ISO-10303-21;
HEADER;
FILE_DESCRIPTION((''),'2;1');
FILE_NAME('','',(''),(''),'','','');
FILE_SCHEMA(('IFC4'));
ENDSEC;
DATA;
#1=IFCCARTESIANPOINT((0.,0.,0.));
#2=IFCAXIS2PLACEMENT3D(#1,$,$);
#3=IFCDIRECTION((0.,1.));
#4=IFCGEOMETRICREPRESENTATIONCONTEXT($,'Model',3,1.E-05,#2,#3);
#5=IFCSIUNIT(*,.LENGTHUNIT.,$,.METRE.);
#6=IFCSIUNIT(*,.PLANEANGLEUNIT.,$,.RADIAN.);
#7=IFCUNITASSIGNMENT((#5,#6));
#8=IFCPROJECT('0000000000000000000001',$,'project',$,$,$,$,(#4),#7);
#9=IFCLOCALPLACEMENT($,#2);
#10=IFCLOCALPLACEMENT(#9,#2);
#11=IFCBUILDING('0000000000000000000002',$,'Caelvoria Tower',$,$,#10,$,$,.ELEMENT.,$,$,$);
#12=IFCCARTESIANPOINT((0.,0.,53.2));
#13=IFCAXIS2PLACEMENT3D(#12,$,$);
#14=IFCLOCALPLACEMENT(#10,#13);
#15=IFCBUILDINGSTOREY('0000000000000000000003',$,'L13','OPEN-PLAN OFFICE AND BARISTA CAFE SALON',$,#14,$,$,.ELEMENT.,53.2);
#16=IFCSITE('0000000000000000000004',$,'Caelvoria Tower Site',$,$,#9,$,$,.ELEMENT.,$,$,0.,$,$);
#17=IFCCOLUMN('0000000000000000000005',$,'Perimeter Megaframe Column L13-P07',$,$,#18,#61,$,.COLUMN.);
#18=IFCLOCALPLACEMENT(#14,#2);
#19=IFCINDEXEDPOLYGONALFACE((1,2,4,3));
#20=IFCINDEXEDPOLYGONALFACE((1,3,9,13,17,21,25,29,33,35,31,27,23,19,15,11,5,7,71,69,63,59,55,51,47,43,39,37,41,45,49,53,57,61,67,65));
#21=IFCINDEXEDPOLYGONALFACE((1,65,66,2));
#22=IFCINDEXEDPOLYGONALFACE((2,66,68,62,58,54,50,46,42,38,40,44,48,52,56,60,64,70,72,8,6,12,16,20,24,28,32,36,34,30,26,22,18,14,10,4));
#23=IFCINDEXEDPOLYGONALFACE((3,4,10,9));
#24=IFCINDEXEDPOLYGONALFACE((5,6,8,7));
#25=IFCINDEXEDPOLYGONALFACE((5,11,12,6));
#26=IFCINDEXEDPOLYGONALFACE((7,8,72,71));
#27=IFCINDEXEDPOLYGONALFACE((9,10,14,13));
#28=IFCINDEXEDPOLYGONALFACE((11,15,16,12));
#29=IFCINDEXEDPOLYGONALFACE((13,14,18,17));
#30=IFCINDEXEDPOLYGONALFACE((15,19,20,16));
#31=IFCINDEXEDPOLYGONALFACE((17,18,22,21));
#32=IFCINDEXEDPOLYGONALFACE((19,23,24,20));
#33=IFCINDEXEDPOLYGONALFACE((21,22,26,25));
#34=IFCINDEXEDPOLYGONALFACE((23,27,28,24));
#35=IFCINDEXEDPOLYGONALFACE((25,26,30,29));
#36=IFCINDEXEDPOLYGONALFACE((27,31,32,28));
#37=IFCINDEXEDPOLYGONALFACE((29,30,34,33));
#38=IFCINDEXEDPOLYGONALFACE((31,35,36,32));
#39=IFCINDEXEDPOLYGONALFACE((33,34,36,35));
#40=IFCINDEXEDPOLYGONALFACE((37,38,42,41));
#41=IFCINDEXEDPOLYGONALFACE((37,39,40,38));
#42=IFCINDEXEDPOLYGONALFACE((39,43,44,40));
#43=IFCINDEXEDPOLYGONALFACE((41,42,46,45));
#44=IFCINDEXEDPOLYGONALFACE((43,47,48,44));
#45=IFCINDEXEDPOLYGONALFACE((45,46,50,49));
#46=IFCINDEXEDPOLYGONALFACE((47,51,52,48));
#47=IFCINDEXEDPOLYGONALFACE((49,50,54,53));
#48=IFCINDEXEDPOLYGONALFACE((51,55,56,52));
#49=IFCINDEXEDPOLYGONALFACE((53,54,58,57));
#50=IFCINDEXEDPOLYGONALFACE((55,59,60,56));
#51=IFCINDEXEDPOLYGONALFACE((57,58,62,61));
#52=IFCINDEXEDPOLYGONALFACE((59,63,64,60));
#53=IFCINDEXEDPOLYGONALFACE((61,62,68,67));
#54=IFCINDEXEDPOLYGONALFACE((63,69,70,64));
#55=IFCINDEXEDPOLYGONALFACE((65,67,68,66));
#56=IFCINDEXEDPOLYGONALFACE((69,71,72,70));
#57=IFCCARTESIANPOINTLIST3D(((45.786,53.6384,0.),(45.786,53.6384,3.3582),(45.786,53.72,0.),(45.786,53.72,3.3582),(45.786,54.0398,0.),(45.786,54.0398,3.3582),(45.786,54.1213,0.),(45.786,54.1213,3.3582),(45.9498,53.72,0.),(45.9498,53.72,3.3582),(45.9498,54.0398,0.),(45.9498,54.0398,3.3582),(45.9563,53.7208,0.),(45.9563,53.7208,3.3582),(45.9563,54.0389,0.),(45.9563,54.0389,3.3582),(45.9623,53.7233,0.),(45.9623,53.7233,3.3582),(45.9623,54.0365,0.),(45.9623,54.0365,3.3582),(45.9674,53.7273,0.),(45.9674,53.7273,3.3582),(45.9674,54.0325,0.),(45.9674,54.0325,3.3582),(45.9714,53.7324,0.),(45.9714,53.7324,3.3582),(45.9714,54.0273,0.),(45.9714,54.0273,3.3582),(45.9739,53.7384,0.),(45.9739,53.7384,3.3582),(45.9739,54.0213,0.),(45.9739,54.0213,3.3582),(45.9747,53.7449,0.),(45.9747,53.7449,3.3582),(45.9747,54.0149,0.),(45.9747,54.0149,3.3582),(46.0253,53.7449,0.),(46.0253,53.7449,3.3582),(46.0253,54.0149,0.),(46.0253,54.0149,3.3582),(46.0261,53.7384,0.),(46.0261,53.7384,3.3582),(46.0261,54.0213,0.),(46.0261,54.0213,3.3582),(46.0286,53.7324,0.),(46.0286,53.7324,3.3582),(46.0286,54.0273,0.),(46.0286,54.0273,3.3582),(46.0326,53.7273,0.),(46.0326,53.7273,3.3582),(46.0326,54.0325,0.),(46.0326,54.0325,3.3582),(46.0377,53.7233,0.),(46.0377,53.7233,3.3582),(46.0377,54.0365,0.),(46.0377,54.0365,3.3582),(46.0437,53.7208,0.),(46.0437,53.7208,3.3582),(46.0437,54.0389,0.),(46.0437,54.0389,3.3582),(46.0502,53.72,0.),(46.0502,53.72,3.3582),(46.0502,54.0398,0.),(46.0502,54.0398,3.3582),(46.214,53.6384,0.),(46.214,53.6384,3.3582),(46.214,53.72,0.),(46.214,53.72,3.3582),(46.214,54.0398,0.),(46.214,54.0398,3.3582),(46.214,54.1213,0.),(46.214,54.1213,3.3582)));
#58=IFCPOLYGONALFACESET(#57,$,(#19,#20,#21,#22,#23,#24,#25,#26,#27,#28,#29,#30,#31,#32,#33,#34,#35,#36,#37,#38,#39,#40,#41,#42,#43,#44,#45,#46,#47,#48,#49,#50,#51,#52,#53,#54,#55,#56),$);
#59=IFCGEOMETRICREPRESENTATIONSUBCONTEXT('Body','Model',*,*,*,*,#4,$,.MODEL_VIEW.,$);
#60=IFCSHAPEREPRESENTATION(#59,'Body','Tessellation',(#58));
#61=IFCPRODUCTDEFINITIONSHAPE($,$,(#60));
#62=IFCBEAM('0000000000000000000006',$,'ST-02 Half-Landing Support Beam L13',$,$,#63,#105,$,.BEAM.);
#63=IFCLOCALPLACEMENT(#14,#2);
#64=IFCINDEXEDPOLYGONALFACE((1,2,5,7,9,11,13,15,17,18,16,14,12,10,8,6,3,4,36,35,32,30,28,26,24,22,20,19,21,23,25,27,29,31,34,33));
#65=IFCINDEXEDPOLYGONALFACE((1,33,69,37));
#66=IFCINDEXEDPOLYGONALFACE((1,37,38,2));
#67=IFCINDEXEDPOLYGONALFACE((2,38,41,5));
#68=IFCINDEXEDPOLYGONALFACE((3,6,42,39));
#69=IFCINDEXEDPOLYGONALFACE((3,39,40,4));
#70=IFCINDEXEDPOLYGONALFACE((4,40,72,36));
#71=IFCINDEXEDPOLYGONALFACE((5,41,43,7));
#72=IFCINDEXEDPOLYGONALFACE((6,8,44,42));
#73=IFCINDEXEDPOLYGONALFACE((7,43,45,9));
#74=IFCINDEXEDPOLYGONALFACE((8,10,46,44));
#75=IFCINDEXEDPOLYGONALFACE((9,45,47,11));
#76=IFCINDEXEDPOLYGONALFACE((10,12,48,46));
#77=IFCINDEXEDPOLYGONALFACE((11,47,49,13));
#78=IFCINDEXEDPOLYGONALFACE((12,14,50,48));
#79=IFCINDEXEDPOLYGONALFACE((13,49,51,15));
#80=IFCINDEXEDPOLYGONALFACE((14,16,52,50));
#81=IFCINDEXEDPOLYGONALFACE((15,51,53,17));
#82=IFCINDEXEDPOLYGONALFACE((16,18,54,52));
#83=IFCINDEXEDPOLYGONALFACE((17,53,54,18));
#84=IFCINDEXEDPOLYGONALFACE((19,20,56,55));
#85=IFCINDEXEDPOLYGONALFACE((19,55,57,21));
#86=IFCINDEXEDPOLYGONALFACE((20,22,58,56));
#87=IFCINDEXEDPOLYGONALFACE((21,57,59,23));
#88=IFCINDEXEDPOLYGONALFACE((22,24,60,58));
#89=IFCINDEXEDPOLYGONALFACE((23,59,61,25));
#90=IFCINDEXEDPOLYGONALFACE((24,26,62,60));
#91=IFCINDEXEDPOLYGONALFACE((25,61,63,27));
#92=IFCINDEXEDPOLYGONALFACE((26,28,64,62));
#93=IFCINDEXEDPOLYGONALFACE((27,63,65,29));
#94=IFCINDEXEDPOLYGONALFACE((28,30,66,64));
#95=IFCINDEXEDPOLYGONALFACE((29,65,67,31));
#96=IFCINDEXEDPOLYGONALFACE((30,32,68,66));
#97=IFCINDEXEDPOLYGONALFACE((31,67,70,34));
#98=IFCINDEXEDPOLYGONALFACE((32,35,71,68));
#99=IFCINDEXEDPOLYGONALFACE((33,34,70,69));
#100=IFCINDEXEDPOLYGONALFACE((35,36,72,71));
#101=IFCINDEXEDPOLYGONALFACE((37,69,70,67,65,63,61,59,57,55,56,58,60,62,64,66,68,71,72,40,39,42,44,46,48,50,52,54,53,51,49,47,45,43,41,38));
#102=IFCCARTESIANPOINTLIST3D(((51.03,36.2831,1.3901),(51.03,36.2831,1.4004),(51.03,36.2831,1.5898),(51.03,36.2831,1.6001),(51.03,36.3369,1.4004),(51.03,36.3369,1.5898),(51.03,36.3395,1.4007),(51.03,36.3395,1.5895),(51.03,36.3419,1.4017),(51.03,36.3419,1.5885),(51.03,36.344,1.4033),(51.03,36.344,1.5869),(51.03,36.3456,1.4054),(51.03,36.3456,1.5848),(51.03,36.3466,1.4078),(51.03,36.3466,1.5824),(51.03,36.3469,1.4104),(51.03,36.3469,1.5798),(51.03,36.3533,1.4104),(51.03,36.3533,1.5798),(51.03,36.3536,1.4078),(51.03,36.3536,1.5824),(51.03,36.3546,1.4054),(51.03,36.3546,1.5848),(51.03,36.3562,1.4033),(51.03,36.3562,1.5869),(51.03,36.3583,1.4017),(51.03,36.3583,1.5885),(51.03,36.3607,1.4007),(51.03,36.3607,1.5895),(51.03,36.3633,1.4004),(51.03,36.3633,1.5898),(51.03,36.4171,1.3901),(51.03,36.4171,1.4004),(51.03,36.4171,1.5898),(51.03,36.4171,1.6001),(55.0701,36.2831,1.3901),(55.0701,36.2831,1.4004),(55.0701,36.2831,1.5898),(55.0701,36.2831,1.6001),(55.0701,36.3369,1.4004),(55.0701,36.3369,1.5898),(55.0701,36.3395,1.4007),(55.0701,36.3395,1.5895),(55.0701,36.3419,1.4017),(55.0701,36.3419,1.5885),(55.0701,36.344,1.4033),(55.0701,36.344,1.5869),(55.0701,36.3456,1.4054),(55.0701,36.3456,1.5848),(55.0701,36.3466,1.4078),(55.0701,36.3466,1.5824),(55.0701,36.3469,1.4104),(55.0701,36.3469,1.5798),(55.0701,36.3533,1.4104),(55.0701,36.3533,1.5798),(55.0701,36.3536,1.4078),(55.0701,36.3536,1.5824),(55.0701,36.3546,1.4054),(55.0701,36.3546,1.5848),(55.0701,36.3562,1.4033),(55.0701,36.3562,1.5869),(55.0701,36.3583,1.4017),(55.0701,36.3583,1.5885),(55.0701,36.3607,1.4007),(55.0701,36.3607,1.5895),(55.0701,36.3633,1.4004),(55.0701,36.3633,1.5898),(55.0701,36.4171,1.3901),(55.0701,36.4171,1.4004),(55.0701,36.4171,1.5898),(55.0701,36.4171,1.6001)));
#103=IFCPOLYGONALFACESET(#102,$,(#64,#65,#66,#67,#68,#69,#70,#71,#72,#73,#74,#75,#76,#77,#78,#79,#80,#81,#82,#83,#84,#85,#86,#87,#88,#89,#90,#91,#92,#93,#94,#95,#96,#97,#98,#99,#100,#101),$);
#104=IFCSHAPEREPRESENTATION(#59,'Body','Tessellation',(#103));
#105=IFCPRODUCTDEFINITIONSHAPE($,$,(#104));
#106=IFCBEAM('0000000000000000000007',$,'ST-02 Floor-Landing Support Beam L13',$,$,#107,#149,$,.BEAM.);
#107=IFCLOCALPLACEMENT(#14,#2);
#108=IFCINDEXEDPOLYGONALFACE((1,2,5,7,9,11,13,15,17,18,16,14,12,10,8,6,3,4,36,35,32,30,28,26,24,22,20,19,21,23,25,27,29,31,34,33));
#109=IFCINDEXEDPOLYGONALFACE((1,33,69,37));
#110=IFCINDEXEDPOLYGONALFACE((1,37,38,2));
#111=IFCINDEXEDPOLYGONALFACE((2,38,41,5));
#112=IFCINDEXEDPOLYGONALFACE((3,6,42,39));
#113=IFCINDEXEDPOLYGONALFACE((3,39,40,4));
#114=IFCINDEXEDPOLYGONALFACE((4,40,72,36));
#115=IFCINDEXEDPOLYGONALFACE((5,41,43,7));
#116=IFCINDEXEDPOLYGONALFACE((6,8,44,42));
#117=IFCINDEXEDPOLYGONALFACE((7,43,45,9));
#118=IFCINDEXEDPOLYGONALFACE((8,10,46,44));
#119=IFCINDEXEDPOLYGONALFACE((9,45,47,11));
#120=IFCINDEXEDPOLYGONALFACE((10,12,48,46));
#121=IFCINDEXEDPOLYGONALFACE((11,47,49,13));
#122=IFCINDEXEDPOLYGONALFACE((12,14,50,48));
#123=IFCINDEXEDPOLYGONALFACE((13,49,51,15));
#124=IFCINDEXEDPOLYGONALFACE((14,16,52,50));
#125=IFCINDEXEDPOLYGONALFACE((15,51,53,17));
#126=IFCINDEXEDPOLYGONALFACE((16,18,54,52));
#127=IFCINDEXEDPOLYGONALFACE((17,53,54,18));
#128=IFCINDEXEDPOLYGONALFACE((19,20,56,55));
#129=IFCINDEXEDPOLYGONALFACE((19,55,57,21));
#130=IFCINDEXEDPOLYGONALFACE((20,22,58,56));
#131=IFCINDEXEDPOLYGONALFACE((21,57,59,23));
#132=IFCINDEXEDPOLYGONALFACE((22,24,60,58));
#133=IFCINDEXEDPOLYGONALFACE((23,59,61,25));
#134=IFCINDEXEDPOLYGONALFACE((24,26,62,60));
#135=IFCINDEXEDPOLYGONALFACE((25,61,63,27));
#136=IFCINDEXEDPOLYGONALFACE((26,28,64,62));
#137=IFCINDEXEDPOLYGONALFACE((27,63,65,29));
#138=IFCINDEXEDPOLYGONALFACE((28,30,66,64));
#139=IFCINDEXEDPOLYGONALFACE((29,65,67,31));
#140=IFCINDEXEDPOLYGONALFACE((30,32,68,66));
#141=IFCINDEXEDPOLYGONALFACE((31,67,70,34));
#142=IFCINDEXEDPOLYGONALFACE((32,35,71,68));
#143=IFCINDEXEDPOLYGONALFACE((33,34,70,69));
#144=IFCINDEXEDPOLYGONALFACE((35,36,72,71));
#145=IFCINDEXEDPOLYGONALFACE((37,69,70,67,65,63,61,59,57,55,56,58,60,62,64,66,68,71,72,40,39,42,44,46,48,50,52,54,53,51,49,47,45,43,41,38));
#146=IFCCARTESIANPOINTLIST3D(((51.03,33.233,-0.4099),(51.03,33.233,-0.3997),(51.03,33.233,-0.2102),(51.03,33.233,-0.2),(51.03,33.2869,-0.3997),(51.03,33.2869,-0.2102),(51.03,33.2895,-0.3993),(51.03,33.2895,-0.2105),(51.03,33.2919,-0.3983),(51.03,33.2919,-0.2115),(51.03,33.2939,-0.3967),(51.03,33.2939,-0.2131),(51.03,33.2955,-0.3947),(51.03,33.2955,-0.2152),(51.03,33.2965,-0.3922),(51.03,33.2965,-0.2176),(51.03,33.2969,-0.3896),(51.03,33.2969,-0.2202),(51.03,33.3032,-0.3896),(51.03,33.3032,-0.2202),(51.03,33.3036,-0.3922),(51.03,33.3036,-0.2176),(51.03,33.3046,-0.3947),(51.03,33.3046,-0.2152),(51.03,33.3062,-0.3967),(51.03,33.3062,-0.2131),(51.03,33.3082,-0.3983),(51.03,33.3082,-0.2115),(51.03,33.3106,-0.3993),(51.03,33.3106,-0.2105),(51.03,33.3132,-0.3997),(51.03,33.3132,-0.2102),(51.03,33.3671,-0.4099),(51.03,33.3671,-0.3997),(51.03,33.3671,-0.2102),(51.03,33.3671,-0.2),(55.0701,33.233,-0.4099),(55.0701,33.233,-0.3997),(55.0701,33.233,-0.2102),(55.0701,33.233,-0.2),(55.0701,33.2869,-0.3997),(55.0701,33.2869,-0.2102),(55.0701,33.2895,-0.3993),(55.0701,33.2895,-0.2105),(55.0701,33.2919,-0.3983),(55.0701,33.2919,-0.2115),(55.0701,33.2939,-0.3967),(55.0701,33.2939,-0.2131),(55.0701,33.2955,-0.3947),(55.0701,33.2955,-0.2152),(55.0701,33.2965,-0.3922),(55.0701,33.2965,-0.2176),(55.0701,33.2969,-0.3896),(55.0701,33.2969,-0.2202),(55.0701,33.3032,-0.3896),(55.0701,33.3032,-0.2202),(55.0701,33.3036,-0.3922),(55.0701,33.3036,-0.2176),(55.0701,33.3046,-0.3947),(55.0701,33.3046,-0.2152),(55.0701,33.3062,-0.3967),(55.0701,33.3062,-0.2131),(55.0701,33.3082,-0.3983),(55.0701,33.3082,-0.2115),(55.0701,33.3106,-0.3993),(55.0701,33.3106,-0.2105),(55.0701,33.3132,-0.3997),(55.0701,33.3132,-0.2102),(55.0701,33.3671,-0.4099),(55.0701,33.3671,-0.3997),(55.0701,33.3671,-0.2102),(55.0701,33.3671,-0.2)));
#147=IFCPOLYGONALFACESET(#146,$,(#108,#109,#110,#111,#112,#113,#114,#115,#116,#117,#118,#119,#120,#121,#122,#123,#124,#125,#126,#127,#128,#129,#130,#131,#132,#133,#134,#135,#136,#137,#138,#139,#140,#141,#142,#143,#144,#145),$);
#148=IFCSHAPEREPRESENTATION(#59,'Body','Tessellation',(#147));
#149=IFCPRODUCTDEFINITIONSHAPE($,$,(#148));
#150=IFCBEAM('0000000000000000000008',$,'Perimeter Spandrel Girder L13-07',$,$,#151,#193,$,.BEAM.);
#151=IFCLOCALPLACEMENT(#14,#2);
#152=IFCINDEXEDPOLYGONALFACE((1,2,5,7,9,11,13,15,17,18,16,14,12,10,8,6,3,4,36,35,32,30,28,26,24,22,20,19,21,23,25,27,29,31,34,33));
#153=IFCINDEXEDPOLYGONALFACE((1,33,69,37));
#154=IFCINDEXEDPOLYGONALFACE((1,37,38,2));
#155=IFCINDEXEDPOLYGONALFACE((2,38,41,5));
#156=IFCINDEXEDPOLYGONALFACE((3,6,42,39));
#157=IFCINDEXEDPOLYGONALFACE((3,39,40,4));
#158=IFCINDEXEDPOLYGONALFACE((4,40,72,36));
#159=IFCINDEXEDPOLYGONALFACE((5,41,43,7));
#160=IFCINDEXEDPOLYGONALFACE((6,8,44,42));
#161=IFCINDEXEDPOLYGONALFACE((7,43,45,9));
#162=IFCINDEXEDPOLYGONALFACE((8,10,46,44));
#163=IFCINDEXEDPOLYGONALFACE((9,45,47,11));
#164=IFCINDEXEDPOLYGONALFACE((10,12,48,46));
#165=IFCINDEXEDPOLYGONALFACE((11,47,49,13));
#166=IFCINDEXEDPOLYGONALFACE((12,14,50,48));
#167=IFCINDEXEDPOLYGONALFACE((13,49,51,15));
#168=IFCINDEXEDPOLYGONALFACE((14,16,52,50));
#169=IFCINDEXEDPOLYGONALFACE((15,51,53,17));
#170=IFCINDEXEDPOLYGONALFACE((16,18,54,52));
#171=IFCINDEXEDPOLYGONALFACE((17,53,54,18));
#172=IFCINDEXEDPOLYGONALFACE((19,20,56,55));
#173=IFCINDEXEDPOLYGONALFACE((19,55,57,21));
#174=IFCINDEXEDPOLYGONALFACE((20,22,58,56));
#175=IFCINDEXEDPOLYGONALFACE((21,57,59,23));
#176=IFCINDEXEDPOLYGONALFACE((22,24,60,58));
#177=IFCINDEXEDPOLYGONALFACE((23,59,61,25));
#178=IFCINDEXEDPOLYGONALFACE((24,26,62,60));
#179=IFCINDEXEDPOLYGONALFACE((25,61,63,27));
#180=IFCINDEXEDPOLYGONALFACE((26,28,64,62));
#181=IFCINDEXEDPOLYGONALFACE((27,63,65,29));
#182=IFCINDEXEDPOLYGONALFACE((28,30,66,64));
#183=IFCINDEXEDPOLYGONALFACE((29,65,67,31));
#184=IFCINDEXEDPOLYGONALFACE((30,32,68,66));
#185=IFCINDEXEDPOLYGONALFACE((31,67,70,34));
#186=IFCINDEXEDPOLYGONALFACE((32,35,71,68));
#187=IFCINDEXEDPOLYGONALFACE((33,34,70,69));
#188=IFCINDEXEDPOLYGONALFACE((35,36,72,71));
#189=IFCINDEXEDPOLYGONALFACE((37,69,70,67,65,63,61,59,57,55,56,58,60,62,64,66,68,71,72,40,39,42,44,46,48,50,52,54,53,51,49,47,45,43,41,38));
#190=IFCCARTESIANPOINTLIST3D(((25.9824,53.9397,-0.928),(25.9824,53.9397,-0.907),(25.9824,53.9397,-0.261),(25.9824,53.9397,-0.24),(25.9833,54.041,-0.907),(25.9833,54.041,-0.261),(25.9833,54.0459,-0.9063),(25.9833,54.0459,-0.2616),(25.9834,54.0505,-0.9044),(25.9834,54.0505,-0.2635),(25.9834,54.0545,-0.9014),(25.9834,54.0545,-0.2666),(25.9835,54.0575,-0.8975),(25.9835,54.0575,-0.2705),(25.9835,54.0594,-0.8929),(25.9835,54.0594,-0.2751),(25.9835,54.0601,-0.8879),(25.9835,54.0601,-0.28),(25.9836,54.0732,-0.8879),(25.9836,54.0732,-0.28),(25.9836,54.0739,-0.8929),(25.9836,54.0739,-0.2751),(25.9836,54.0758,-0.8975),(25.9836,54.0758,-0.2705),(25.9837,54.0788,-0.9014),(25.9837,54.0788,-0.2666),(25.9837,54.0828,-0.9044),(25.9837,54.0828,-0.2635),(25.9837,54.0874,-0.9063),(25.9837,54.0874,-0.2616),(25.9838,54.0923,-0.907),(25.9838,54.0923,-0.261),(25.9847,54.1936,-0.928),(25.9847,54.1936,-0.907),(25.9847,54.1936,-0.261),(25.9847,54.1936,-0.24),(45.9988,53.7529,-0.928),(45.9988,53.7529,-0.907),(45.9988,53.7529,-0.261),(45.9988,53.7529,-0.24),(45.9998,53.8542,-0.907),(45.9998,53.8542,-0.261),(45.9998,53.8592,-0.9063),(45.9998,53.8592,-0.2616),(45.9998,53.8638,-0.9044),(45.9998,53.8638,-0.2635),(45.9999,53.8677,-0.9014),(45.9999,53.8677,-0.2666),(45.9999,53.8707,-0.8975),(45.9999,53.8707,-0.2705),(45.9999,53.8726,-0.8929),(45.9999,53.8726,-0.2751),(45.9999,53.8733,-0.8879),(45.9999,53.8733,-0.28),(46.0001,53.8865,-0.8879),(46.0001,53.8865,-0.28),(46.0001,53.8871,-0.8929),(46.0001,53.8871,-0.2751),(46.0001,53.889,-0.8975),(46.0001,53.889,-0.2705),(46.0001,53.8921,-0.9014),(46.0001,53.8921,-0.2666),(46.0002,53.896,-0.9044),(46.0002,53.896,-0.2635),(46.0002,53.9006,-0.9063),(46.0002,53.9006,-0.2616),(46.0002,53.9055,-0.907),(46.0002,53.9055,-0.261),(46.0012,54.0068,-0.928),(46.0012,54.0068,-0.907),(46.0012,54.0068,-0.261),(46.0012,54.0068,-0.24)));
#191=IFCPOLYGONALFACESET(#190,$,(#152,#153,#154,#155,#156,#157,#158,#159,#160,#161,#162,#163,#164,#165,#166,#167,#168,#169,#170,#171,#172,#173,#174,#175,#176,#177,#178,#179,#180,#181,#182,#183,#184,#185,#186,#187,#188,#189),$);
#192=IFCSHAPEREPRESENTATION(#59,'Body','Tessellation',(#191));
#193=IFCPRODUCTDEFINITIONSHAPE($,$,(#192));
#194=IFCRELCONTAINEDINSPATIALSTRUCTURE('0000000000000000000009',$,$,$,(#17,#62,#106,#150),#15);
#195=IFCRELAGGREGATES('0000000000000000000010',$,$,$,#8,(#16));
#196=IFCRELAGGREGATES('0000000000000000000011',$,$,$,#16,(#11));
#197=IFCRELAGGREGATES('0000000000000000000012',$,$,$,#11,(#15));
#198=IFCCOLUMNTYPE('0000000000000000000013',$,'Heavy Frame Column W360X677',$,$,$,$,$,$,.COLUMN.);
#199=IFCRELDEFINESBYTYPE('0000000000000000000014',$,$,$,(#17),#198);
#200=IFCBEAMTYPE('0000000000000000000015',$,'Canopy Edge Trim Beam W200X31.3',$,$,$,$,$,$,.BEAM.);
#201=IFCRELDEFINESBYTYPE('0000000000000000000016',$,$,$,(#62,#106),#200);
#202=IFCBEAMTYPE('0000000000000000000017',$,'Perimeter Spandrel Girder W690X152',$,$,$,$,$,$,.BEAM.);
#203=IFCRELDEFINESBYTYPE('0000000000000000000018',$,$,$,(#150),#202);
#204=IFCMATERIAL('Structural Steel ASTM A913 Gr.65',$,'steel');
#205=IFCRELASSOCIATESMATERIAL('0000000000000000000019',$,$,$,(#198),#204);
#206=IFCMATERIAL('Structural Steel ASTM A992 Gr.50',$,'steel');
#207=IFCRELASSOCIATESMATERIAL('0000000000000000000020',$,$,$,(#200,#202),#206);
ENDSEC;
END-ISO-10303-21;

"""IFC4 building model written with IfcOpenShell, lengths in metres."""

from ifc_helpers import new_model, si_unit, direction, frame, origin, origin_2d, place, context, subcontext, project, spatial, i_section, extrude, material, material_profile, profile_set, type_object, element, save


model = new_model("IFC4")

# Units and contexts
model_context = context("Model", 3, precision=1e-05, world=origin(), true_north=direction((0.0, 1.0)))
body_context = subcontext(model_context, "Body", "Model", "MODEL_VIEW")
ifc_project = project(units=[si_unit("LENGTHUNIT", "METRE"), si_unit("PLANEANGLEUNIT", "RADIAN")], contexts=[model_context])

# Site, building, storey
site_placement = place(None, origin())
site = spatial("IfcSite", under=ifc_project, at=site_placement, Name="Caelvoria Tower Site", CompositionType="ELEMENT", RefElevation=0.0)
building_placement = place(site_placement, origin())
building = spatial("IfcBuilding", under=site, at=building_placement, Name="Caelvoria Tower", CompositionType="ELEMENT")
storey_placement = place(building_placement, frame((0.0, 0.0, 53.2)))
storey = spatial("IfcBuildingStorey", under=building, at=storey_placement, Name="L13", Description="OPEN-PLAN OFFICE AND BARISTA CAFE SALON", CompositionType="ELEMENT", Elevation=53.2)

# Column
ifc_material_1 = material(Name="Structural Steel ASTM A913 Gr.65", Category="steel")
ifc_material_profile_1 = material_profile(ifc_material_1, i_section(OverallWidth=0.428, OverallDepth=0.4829, WebThickness=0.0505, FlangeThickness=0.0815, FilletRadius=0.0249, at=origin_2d()), Name="Structural Steel ASTM A913 Gr.65")
ifc_profile_set_1 = profile_set([ifc_material_profile_1], Name="W360X677 - Structural Steel ASTM A913 Gr.65")
column_type = type_object("IfcColumnType", Name="Heavy Frame Column W360X677", PredefinedType="COLUMN", material=ifc_profile_set_1)
column_placement = place(storey_placement, frame((46.0, 53.8799, 0.0), z_axis=(0.0, 0.0, 1.0), x_axis=(1.0, 0.0, 0.0)))
element("IfcColumn", 1, at=column_placement, inside=storey, type_object=column_type, Name="Perimeter Megaframe Column L13-P07", PredefinedType="COLUMN", context=body_context, shape_type="SweptSolid", body=[
    extrude(i_section(OverallWidth=0.428, OverallDepth=0.4829, WebThickness=0.0505, FlangeThickness=0.0815, FilletRadius=0.0249, at=origin_2d()), origin(), (0.0, 0.0, 1.0), 3.3582),
])

# Beams
ifc_material_2 = material(Name="Structural Steel ASTM A992 Gr.50", Category="steel")
ifc_material_profile_2 = material_profile(ifc_material_2, i_section(OverallWidth=0.134, OverallDepth=0.21, WebThickness=0.0063, FlangeThickness=0.0103, FilletRadius=0.01, at=origin_2d()), Name="Structural Steel ASTM A992 Gr.50")
ifc_profile_set_2 = profile_set([ifc_material_profile_2], Name="W200X31.3 - Structural Steel ASTM A992 Gr.50")
beam_type_1 = type_object("IfcBeamType", Name="Canopy Edge Trim Beam W200X31.3", PredefinedType="BEAM", material=ifc_profile_set_2)
for number, where, z_axis, x_axis, name in (
    (2, (51.03, 36.3501, 1.4951), (1.0, 0.0, 0.0), (0.0, 1.0, 0.0), "ST-02 Half-Landing Support Beam L13"),
    (3, (51.03, 33.3, -0.3049), (1.0, 0.0, 0.0), (0.0, 1.0, 0.0), "ST-02 Floor-Landing Support Beam L13"),
):
    element("IfcBeam", number, at=place(storey_placement, frame(where, z_axis=z_axis, x_axis=x_axis)), inside=storey, type_object=beam_type_1, Name=name, PredefinedType="BEAM", context=body_context, shape_type="SweptSolid", body=[
        extrude(i_section(OverallWidth=0.134, OverallDepth=0.21, WebThickness=0.0063, FlangeThickness=0.0103, FilletRadius=0.01, at=origin_2d()), origin(), (0.0, 0.0, 1.0), 4.04),
    ])
ifc_material_profile_3 = material_profile(ifc_material_2, i_section(OverallWidth=0.2539, OverallDepth=0.688, WebThickness=0.0132, FlangeThickness=0.021, FilletRadius=0.019, at=origin_2d()), Name="Structural Steel ASTM A992 Gr.50")
ifc_profile_set_3 = profile_set([ifc_material_profile_3], Name="W690X152 - Structural Steel ASTM A992 Gr.50")
beam_type_2 = type_object("IfcBeamType", Name="Perimeter Spandrel Girder W690X152", PredefinedType="BEAM", material=ifc_profile_set_3)
beam_1_placement = place(storey_placement, frame((46.0, 53.8799, -0.584), z_axis=(-0.999956, 0.00933, 0.0), x_axis=(-0.00933, -0.999956, 0.0)))
element("IfcBeam", 4, at=beam_1_placement, inside=storey, type_object=beam_type_2, Name="Perimeter Spandrel Girder L13-07", PredefinedType="BEAM", context=body_context, shape_type="SweptSolid", body=[
    extrude(i_section(OverallWidth=0.2539, OverallDepth=0.688, WebThickness=0.0132, FlangeThickness=0.021, FilletRadius=0.019, at=origin_2d()), origin(), (0.0, 0.0, 1.0), 20.0173),
])

save(model, "model.ifc")
